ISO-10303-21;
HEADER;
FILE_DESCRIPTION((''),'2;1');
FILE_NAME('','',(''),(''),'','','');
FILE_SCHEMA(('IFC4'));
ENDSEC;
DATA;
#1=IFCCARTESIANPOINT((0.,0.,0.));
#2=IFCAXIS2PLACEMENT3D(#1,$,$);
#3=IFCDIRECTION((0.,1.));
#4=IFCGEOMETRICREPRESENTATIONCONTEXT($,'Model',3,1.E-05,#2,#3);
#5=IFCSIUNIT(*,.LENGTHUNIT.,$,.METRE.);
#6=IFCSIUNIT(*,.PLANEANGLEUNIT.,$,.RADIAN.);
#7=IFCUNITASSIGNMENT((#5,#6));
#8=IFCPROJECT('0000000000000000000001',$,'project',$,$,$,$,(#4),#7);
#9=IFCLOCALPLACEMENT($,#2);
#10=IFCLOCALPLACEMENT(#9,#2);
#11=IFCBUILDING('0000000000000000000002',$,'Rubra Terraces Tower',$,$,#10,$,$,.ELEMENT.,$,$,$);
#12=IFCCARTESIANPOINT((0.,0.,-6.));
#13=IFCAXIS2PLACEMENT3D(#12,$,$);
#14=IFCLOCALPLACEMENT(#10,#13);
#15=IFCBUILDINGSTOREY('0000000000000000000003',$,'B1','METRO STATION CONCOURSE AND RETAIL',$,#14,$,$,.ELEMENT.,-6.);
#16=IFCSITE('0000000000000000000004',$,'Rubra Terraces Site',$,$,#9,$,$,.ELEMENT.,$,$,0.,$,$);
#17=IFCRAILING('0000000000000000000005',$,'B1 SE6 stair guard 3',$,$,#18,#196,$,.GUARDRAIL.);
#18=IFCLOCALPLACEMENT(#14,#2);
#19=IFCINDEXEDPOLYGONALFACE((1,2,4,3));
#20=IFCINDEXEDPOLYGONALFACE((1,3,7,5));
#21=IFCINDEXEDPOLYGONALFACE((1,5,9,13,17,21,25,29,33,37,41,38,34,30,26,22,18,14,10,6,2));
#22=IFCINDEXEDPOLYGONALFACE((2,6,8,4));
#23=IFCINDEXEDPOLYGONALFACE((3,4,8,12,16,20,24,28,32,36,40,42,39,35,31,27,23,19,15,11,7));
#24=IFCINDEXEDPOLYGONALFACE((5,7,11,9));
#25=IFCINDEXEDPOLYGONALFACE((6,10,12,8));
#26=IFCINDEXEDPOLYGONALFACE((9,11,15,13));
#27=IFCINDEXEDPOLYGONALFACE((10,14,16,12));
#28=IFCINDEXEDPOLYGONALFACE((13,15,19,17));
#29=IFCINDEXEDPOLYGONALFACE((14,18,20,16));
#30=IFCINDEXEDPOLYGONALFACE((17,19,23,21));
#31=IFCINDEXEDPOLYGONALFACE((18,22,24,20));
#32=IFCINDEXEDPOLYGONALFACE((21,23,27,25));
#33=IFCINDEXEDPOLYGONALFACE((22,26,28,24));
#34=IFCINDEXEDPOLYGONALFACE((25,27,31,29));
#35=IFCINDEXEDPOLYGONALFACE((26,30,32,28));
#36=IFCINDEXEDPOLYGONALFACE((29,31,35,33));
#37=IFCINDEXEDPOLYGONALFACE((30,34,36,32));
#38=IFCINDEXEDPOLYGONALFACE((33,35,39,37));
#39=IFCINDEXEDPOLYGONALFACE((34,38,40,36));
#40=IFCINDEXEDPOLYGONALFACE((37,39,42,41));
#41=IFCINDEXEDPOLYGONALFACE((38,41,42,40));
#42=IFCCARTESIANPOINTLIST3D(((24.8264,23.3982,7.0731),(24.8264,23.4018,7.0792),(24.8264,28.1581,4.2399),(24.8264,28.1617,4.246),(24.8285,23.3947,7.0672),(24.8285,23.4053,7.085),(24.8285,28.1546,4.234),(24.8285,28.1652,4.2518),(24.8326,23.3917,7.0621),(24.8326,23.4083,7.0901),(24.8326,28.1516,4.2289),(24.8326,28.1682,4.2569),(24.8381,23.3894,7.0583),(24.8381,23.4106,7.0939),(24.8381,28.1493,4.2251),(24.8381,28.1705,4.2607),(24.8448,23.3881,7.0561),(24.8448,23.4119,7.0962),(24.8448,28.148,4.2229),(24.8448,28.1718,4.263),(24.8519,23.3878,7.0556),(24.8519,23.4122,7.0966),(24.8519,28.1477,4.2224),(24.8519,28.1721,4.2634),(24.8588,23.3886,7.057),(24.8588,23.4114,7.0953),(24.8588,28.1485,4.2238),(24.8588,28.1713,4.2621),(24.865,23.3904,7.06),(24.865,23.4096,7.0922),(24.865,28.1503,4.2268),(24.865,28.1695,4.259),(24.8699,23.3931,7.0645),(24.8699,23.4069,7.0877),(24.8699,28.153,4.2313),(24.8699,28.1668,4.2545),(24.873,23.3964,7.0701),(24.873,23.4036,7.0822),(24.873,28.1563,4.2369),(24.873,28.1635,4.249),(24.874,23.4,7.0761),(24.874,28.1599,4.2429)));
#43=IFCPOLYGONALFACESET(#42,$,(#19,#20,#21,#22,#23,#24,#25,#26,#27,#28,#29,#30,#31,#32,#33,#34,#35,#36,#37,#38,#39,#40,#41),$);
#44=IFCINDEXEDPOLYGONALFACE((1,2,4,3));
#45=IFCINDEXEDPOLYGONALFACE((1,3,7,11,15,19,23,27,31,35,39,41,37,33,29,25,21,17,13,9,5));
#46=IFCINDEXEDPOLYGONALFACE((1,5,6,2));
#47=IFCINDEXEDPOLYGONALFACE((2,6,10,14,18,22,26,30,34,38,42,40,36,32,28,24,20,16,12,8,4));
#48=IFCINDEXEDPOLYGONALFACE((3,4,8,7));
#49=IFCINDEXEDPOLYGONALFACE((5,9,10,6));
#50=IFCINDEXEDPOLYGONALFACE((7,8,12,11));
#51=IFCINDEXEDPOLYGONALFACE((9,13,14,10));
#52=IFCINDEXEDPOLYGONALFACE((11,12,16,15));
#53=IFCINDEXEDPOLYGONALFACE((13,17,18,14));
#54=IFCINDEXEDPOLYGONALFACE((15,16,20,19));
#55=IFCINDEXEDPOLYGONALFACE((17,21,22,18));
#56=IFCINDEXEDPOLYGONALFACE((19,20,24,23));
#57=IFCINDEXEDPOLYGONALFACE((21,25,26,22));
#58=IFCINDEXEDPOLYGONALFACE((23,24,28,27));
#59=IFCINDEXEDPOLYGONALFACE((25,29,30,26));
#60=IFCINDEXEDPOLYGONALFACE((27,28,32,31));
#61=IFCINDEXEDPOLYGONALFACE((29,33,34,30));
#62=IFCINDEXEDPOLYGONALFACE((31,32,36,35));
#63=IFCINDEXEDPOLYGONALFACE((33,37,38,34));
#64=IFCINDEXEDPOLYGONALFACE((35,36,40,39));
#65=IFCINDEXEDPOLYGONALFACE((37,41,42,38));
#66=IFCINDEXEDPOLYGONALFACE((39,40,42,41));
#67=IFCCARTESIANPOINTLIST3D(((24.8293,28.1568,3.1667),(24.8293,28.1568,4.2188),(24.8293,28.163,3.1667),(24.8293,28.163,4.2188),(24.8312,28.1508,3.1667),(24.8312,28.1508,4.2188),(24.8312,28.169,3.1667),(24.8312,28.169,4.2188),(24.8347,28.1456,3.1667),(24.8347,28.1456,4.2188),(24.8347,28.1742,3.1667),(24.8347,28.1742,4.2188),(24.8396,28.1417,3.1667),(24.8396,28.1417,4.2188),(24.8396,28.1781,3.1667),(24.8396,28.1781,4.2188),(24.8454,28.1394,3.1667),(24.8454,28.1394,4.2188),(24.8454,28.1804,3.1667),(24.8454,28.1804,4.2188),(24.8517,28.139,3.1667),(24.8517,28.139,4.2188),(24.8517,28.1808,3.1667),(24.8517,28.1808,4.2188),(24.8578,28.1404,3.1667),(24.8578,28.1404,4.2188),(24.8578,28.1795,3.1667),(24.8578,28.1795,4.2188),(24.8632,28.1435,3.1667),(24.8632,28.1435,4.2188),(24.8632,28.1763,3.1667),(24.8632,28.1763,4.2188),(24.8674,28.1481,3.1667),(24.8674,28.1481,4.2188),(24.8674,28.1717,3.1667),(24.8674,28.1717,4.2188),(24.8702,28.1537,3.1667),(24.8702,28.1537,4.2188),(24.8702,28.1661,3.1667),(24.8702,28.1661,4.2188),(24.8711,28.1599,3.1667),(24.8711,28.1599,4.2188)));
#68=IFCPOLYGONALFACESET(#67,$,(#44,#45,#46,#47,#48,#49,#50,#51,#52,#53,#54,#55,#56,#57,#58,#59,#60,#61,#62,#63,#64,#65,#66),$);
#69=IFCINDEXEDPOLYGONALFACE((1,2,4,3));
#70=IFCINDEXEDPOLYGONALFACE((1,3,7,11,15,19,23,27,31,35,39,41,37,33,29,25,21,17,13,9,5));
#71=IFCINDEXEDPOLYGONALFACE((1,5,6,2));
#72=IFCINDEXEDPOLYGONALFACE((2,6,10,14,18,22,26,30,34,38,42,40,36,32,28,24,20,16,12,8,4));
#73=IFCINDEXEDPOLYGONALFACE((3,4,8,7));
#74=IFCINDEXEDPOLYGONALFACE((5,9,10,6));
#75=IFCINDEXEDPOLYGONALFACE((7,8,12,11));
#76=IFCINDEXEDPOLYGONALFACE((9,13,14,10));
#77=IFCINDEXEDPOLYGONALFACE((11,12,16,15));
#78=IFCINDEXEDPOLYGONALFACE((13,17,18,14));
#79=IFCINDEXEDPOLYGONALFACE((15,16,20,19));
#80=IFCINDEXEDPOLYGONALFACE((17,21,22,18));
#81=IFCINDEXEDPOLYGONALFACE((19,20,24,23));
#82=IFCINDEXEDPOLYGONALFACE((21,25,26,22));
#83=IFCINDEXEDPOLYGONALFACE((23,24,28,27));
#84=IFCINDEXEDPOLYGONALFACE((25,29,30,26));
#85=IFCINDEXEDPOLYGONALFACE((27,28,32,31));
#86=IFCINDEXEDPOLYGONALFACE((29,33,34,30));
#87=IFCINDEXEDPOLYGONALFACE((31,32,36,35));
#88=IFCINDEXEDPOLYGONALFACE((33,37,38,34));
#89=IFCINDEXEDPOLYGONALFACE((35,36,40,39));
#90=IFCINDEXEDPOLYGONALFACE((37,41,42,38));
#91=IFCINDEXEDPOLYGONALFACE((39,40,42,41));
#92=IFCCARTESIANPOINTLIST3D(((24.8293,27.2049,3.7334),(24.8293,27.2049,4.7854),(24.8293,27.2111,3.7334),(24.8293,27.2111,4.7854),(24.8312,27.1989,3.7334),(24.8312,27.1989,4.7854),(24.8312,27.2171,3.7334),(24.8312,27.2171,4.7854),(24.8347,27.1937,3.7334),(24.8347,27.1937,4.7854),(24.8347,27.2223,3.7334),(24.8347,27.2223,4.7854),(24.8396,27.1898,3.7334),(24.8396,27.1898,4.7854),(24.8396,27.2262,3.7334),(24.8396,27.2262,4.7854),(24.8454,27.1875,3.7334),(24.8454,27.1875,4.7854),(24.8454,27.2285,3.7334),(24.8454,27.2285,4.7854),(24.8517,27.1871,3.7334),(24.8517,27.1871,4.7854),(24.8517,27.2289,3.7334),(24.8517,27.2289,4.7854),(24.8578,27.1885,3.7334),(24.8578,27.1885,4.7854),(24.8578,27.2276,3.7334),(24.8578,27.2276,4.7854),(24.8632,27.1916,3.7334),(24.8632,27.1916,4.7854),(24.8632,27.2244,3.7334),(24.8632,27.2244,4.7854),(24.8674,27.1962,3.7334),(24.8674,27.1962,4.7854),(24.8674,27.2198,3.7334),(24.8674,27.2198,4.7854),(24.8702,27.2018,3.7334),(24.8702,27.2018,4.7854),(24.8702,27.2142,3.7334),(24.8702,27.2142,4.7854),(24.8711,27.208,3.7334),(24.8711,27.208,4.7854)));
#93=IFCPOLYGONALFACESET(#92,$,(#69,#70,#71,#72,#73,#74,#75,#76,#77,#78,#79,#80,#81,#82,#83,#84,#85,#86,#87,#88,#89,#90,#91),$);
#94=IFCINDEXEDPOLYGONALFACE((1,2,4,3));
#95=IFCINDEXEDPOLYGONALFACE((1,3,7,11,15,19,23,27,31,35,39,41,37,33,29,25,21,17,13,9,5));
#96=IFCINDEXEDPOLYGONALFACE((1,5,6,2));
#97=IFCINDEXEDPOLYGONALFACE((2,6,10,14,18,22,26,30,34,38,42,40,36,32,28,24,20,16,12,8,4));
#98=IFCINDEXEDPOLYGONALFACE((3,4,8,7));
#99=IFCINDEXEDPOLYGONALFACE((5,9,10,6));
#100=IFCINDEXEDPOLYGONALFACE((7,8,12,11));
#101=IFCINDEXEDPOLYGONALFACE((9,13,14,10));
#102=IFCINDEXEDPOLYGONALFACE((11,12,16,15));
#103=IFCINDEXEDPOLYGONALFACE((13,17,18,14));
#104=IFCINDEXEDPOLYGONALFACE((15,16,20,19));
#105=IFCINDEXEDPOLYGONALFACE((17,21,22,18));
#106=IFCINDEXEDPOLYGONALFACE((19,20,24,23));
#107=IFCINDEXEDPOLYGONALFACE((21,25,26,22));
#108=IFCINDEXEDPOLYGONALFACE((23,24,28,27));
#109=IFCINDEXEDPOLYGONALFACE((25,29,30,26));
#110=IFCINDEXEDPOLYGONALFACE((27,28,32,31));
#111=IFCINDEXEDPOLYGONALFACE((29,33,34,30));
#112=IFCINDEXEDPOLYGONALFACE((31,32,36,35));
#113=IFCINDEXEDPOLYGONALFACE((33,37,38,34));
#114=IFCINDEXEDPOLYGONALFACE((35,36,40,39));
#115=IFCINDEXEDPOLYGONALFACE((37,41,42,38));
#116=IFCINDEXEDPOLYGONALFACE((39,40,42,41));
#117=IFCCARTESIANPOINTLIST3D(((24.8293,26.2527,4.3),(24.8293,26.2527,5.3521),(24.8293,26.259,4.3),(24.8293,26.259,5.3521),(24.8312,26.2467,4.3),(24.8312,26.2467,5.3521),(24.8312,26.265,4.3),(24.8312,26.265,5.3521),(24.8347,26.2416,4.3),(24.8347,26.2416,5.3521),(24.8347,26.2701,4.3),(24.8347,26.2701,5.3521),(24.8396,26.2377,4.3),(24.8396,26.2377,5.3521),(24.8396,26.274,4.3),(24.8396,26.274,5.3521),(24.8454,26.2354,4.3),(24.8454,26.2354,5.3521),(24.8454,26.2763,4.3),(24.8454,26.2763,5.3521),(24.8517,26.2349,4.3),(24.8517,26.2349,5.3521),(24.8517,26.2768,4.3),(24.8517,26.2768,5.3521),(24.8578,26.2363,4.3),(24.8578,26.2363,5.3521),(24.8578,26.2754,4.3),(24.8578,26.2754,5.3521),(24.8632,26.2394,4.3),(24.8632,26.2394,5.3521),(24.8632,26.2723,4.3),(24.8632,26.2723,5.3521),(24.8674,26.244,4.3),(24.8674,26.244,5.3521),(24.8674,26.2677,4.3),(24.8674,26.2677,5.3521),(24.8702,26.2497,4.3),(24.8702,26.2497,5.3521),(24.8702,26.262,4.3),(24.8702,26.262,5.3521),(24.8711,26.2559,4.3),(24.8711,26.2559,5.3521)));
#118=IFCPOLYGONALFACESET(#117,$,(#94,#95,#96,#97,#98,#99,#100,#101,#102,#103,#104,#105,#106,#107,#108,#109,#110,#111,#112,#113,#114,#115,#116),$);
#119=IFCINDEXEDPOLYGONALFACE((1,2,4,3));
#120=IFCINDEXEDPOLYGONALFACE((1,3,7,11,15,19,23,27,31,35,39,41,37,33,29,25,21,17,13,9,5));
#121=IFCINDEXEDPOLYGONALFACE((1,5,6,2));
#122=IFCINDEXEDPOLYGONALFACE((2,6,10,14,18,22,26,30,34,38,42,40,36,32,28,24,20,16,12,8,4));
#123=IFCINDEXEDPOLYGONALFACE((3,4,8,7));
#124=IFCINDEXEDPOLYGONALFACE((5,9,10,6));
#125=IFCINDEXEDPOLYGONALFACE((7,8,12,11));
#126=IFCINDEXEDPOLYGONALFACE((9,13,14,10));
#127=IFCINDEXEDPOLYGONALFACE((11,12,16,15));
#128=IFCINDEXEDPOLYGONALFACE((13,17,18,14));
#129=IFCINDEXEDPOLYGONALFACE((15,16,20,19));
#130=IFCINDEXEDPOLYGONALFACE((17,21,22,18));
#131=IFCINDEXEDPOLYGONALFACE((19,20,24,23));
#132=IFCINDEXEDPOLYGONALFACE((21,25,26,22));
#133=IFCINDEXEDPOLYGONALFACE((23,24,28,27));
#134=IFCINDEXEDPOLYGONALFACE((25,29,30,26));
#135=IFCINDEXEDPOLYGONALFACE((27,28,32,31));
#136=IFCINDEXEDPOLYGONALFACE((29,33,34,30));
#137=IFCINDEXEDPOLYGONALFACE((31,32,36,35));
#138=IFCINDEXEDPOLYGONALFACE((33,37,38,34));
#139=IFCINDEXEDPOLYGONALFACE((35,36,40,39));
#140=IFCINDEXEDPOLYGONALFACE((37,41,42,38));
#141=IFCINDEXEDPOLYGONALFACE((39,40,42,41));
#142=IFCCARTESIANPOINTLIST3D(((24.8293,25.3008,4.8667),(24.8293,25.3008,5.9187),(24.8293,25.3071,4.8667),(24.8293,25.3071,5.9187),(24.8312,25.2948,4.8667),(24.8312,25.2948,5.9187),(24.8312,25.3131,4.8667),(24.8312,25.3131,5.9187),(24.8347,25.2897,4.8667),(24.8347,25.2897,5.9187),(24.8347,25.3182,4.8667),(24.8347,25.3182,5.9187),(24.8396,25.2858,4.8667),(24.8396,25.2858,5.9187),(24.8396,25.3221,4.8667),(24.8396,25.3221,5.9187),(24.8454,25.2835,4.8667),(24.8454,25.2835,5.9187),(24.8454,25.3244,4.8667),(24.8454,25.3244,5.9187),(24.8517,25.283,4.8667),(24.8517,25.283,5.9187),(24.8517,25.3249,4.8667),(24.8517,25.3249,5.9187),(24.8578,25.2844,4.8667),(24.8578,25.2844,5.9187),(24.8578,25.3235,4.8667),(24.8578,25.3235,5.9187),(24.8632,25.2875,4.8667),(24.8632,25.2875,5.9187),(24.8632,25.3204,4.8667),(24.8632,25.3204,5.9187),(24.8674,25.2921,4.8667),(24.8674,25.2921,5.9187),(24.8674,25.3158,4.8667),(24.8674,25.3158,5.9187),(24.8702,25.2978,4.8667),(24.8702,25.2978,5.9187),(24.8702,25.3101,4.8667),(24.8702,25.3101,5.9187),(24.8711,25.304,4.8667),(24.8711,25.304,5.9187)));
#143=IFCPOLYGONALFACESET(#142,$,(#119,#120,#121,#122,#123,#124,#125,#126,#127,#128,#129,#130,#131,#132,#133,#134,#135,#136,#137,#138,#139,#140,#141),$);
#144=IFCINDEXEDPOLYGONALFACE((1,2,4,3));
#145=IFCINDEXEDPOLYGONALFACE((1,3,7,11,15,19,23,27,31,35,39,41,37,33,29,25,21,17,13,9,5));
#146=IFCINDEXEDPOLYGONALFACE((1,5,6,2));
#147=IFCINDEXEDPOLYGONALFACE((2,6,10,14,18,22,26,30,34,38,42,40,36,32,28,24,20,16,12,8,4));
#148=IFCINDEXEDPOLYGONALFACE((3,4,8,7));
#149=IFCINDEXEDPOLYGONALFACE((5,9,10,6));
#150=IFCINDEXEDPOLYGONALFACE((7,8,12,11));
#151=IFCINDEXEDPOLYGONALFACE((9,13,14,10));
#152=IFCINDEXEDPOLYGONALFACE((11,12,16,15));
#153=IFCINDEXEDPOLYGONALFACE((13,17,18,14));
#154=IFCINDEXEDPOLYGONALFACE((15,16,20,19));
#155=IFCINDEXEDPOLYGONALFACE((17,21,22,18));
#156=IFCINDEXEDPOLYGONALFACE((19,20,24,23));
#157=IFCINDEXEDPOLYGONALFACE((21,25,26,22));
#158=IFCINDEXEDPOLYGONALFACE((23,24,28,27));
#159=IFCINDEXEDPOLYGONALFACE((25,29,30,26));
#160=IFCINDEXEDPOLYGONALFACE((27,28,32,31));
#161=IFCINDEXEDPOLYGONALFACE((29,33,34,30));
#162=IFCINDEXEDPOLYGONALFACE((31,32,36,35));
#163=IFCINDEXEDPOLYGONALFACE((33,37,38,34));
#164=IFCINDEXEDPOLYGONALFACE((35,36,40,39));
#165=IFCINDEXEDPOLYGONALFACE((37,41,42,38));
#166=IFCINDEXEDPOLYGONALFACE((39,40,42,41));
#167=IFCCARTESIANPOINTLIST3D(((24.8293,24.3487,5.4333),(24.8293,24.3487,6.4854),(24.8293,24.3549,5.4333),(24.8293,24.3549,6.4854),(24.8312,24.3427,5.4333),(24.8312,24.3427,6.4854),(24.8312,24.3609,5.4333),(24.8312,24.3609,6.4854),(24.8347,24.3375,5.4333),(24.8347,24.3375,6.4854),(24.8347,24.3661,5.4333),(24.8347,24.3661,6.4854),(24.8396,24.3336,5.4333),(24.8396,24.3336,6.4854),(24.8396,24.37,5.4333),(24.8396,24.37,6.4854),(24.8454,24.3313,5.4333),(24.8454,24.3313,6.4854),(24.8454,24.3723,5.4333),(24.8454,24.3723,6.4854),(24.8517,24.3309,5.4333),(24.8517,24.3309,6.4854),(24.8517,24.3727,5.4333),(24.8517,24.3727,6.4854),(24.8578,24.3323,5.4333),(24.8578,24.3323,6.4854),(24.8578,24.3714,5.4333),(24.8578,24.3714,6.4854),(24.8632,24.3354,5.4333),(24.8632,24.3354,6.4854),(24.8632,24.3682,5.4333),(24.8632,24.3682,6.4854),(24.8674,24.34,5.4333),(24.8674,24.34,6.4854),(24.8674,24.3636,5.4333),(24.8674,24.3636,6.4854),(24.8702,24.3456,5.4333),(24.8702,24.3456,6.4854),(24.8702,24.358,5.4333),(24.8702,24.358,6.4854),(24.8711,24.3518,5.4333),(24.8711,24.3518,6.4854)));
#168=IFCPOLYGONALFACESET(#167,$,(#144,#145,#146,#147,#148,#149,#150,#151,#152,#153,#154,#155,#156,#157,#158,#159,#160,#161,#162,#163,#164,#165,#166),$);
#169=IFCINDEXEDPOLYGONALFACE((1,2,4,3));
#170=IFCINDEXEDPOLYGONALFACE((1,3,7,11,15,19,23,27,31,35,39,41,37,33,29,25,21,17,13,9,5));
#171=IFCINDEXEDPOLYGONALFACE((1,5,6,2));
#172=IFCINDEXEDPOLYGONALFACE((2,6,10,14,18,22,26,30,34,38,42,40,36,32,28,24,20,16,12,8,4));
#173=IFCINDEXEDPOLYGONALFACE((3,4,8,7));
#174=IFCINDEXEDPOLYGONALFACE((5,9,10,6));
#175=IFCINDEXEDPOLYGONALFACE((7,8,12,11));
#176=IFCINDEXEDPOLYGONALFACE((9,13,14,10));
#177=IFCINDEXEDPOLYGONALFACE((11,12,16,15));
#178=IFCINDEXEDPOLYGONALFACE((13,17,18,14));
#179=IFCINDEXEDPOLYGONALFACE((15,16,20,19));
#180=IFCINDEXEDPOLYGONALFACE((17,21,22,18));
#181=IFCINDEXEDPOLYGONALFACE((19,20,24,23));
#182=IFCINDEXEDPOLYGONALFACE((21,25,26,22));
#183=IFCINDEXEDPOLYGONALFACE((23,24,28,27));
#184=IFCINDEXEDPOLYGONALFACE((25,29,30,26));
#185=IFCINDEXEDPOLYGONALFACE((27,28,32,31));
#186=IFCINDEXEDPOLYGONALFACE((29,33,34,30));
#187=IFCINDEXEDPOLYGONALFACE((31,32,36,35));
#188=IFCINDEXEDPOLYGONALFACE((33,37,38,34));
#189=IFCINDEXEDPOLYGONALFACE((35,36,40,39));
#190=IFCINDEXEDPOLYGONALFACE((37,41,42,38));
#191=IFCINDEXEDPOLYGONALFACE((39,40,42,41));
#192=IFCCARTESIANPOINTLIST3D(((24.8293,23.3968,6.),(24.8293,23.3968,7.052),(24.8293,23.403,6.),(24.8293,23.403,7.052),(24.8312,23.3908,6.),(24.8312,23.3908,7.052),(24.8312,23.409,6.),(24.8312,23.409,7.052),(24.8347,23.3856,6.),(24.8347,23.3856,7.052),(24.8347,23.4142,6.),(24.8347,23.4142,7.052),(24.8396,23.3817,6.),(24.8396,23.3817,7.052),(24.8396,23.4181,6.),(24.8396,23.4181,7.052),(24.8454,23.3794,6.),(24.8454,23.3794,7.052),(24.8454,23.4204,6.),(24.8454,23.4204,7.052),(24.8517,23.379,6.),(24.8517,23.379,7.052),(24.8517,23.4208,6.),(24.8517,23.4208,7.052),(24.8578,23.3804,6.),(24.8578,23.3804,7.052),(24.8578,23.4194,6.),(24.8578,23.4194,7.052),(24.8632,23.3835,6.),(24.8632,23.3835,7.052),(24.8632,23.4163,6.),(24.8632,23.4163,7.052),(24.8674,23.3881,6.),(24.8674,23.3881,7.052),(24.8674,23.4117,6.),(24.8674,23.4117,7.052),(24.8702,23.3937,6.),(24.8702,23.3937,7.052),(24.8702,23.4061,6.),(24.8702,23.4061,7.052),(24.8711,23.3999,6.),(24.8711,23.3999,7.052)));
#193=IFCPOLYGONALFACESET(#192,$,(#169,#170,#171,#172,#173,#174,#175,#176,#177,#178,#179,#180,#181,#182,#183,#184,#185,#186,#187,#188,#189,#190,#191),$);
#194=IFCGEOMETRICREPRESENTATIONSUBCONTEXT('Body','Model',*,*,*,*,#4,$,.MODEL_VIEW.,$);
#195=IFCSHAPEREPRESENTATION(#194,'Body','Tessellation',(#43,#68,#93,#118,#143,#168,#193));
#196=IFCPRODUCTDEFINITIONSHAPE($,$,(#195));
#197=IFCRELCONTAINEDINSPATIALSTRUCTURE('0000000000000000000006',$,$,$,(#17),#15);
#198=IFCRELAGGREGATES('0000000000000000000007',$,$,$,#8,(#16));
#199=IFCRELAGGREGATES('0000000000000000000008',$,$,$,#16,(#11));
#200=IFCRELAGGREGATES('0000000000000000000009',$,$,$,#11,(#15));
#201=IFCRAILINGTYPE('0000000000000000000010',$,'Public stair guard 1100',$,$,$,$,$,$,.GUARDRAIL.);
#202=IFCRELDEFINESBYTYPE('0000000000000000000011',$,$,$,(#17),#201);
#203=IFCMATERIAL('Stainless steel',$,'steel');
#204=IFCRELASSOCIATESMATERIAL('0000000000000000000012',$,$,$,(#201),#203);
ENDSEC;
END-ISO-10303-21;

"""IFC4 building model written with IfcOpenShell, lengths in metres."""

from ifc_helpers import new_model, si_unit, direction, frame, origin, origin_2d, place, context, subcontext, project, spatial, circle, extrude, material, type_object, element, save


model = new_model("IFC4")

# Units and contexts
model_context = context("Model", 3, precision=1e-05, world=origin(), true_north=direction((0.0, 1.0)))
body_context = subcontext(model_context, "Body", "Model", "MODEL_VIEW")
ifc_project = project(units=[si_unit("LENGTHUNIT", "METRE"), si_unit("PLANEANGLEUNIT", "RADIAN")], contexts=[model_context])

# Site, building, storey
site_placement = place(None, origin())
site = spatial("IfcSite", under=ifc_project, at=site_placement, Name="Rubra Terraces Site", CompositionType="ELEMENT", RefElevation=0.0)
building_placement = place(site_placement, origin())
building = spatial("IfcBuilding", under=site, at=building_placement, Name="Rubra Terraces Tower", CompositionType="ELEMENT")
storey_placement = place(building_placement, frame((0.0, 0.0, -6.0)))
storey = spatial("IfcBuildingStorey", under=building, at=storey_placement, Name="B1", Description="METRO STATION CONCOURSE AND RETAIL", CompositionType="ELEMENT", Elevation=-6.0)

# Railing
ifc_material_1 = material(Name="Stainless steel", Category="steel")
railing_type_1 = type_object("IfcRailingType", Name="Public stair guard 1100", PredefinedType="GUARDRAIL", material=ifc_material_1)
railing_1_placement = place(storey_placement, frame((24.8501, 28.1599, 3.1667)))
element("IfcRailing", 1, at=railing_1_placement, inside=storey, type_object=railing_type_1, Name="B1 SE6 stair guard 3", PredefinedType="GUARDRAIL", context=body_context, shape_type="SweptSolid", body=[
    extrude(circle(Radius=0.0239, at=origin_2d()), frame((0.0, 0.0, 1.0762), z_axis=(0.0, -0.8593, 0.511472), x_axis=(1.0, 0.0, 0.0)), (0.0, 0.0, 1.0), 5.5393),
    extrude(circle(Radius=0.021, at=origin_2d()), origin(), (0.0, 0.0, 1.0), 1.052),
    extrude(circle(Radius=0.021, at=origin_2d()), frame((0.0, -0.9519, 0.5667)), (0.0, 0.0, 1.0), 1.052),
    extrude(circle(Radius=0.021, at=origin_2d()), frame((0.0, -1.9041, 1.1333)), (0.0, 0.0, 1.0), 1.052),
    extrude(circle(Radius=0.021, at=origin_2d()), frame((0.0, -2.856, 1.7)), (0.0, 0.0, 1.0), 1.052),
    extrude(circle(Radius=0.021, at=origin_2d()), frame((0.0, -3.8081, 2.2666)), (0.0, 0.0, 1.0), 1.052),
    extrude(circle(Radius=0.021, at=origin_2d()), frame((0.0, -4.76, 2.8333)), (0.0, 0.0, 1.0), 1.052),
])

save(model, "model.ifc")
